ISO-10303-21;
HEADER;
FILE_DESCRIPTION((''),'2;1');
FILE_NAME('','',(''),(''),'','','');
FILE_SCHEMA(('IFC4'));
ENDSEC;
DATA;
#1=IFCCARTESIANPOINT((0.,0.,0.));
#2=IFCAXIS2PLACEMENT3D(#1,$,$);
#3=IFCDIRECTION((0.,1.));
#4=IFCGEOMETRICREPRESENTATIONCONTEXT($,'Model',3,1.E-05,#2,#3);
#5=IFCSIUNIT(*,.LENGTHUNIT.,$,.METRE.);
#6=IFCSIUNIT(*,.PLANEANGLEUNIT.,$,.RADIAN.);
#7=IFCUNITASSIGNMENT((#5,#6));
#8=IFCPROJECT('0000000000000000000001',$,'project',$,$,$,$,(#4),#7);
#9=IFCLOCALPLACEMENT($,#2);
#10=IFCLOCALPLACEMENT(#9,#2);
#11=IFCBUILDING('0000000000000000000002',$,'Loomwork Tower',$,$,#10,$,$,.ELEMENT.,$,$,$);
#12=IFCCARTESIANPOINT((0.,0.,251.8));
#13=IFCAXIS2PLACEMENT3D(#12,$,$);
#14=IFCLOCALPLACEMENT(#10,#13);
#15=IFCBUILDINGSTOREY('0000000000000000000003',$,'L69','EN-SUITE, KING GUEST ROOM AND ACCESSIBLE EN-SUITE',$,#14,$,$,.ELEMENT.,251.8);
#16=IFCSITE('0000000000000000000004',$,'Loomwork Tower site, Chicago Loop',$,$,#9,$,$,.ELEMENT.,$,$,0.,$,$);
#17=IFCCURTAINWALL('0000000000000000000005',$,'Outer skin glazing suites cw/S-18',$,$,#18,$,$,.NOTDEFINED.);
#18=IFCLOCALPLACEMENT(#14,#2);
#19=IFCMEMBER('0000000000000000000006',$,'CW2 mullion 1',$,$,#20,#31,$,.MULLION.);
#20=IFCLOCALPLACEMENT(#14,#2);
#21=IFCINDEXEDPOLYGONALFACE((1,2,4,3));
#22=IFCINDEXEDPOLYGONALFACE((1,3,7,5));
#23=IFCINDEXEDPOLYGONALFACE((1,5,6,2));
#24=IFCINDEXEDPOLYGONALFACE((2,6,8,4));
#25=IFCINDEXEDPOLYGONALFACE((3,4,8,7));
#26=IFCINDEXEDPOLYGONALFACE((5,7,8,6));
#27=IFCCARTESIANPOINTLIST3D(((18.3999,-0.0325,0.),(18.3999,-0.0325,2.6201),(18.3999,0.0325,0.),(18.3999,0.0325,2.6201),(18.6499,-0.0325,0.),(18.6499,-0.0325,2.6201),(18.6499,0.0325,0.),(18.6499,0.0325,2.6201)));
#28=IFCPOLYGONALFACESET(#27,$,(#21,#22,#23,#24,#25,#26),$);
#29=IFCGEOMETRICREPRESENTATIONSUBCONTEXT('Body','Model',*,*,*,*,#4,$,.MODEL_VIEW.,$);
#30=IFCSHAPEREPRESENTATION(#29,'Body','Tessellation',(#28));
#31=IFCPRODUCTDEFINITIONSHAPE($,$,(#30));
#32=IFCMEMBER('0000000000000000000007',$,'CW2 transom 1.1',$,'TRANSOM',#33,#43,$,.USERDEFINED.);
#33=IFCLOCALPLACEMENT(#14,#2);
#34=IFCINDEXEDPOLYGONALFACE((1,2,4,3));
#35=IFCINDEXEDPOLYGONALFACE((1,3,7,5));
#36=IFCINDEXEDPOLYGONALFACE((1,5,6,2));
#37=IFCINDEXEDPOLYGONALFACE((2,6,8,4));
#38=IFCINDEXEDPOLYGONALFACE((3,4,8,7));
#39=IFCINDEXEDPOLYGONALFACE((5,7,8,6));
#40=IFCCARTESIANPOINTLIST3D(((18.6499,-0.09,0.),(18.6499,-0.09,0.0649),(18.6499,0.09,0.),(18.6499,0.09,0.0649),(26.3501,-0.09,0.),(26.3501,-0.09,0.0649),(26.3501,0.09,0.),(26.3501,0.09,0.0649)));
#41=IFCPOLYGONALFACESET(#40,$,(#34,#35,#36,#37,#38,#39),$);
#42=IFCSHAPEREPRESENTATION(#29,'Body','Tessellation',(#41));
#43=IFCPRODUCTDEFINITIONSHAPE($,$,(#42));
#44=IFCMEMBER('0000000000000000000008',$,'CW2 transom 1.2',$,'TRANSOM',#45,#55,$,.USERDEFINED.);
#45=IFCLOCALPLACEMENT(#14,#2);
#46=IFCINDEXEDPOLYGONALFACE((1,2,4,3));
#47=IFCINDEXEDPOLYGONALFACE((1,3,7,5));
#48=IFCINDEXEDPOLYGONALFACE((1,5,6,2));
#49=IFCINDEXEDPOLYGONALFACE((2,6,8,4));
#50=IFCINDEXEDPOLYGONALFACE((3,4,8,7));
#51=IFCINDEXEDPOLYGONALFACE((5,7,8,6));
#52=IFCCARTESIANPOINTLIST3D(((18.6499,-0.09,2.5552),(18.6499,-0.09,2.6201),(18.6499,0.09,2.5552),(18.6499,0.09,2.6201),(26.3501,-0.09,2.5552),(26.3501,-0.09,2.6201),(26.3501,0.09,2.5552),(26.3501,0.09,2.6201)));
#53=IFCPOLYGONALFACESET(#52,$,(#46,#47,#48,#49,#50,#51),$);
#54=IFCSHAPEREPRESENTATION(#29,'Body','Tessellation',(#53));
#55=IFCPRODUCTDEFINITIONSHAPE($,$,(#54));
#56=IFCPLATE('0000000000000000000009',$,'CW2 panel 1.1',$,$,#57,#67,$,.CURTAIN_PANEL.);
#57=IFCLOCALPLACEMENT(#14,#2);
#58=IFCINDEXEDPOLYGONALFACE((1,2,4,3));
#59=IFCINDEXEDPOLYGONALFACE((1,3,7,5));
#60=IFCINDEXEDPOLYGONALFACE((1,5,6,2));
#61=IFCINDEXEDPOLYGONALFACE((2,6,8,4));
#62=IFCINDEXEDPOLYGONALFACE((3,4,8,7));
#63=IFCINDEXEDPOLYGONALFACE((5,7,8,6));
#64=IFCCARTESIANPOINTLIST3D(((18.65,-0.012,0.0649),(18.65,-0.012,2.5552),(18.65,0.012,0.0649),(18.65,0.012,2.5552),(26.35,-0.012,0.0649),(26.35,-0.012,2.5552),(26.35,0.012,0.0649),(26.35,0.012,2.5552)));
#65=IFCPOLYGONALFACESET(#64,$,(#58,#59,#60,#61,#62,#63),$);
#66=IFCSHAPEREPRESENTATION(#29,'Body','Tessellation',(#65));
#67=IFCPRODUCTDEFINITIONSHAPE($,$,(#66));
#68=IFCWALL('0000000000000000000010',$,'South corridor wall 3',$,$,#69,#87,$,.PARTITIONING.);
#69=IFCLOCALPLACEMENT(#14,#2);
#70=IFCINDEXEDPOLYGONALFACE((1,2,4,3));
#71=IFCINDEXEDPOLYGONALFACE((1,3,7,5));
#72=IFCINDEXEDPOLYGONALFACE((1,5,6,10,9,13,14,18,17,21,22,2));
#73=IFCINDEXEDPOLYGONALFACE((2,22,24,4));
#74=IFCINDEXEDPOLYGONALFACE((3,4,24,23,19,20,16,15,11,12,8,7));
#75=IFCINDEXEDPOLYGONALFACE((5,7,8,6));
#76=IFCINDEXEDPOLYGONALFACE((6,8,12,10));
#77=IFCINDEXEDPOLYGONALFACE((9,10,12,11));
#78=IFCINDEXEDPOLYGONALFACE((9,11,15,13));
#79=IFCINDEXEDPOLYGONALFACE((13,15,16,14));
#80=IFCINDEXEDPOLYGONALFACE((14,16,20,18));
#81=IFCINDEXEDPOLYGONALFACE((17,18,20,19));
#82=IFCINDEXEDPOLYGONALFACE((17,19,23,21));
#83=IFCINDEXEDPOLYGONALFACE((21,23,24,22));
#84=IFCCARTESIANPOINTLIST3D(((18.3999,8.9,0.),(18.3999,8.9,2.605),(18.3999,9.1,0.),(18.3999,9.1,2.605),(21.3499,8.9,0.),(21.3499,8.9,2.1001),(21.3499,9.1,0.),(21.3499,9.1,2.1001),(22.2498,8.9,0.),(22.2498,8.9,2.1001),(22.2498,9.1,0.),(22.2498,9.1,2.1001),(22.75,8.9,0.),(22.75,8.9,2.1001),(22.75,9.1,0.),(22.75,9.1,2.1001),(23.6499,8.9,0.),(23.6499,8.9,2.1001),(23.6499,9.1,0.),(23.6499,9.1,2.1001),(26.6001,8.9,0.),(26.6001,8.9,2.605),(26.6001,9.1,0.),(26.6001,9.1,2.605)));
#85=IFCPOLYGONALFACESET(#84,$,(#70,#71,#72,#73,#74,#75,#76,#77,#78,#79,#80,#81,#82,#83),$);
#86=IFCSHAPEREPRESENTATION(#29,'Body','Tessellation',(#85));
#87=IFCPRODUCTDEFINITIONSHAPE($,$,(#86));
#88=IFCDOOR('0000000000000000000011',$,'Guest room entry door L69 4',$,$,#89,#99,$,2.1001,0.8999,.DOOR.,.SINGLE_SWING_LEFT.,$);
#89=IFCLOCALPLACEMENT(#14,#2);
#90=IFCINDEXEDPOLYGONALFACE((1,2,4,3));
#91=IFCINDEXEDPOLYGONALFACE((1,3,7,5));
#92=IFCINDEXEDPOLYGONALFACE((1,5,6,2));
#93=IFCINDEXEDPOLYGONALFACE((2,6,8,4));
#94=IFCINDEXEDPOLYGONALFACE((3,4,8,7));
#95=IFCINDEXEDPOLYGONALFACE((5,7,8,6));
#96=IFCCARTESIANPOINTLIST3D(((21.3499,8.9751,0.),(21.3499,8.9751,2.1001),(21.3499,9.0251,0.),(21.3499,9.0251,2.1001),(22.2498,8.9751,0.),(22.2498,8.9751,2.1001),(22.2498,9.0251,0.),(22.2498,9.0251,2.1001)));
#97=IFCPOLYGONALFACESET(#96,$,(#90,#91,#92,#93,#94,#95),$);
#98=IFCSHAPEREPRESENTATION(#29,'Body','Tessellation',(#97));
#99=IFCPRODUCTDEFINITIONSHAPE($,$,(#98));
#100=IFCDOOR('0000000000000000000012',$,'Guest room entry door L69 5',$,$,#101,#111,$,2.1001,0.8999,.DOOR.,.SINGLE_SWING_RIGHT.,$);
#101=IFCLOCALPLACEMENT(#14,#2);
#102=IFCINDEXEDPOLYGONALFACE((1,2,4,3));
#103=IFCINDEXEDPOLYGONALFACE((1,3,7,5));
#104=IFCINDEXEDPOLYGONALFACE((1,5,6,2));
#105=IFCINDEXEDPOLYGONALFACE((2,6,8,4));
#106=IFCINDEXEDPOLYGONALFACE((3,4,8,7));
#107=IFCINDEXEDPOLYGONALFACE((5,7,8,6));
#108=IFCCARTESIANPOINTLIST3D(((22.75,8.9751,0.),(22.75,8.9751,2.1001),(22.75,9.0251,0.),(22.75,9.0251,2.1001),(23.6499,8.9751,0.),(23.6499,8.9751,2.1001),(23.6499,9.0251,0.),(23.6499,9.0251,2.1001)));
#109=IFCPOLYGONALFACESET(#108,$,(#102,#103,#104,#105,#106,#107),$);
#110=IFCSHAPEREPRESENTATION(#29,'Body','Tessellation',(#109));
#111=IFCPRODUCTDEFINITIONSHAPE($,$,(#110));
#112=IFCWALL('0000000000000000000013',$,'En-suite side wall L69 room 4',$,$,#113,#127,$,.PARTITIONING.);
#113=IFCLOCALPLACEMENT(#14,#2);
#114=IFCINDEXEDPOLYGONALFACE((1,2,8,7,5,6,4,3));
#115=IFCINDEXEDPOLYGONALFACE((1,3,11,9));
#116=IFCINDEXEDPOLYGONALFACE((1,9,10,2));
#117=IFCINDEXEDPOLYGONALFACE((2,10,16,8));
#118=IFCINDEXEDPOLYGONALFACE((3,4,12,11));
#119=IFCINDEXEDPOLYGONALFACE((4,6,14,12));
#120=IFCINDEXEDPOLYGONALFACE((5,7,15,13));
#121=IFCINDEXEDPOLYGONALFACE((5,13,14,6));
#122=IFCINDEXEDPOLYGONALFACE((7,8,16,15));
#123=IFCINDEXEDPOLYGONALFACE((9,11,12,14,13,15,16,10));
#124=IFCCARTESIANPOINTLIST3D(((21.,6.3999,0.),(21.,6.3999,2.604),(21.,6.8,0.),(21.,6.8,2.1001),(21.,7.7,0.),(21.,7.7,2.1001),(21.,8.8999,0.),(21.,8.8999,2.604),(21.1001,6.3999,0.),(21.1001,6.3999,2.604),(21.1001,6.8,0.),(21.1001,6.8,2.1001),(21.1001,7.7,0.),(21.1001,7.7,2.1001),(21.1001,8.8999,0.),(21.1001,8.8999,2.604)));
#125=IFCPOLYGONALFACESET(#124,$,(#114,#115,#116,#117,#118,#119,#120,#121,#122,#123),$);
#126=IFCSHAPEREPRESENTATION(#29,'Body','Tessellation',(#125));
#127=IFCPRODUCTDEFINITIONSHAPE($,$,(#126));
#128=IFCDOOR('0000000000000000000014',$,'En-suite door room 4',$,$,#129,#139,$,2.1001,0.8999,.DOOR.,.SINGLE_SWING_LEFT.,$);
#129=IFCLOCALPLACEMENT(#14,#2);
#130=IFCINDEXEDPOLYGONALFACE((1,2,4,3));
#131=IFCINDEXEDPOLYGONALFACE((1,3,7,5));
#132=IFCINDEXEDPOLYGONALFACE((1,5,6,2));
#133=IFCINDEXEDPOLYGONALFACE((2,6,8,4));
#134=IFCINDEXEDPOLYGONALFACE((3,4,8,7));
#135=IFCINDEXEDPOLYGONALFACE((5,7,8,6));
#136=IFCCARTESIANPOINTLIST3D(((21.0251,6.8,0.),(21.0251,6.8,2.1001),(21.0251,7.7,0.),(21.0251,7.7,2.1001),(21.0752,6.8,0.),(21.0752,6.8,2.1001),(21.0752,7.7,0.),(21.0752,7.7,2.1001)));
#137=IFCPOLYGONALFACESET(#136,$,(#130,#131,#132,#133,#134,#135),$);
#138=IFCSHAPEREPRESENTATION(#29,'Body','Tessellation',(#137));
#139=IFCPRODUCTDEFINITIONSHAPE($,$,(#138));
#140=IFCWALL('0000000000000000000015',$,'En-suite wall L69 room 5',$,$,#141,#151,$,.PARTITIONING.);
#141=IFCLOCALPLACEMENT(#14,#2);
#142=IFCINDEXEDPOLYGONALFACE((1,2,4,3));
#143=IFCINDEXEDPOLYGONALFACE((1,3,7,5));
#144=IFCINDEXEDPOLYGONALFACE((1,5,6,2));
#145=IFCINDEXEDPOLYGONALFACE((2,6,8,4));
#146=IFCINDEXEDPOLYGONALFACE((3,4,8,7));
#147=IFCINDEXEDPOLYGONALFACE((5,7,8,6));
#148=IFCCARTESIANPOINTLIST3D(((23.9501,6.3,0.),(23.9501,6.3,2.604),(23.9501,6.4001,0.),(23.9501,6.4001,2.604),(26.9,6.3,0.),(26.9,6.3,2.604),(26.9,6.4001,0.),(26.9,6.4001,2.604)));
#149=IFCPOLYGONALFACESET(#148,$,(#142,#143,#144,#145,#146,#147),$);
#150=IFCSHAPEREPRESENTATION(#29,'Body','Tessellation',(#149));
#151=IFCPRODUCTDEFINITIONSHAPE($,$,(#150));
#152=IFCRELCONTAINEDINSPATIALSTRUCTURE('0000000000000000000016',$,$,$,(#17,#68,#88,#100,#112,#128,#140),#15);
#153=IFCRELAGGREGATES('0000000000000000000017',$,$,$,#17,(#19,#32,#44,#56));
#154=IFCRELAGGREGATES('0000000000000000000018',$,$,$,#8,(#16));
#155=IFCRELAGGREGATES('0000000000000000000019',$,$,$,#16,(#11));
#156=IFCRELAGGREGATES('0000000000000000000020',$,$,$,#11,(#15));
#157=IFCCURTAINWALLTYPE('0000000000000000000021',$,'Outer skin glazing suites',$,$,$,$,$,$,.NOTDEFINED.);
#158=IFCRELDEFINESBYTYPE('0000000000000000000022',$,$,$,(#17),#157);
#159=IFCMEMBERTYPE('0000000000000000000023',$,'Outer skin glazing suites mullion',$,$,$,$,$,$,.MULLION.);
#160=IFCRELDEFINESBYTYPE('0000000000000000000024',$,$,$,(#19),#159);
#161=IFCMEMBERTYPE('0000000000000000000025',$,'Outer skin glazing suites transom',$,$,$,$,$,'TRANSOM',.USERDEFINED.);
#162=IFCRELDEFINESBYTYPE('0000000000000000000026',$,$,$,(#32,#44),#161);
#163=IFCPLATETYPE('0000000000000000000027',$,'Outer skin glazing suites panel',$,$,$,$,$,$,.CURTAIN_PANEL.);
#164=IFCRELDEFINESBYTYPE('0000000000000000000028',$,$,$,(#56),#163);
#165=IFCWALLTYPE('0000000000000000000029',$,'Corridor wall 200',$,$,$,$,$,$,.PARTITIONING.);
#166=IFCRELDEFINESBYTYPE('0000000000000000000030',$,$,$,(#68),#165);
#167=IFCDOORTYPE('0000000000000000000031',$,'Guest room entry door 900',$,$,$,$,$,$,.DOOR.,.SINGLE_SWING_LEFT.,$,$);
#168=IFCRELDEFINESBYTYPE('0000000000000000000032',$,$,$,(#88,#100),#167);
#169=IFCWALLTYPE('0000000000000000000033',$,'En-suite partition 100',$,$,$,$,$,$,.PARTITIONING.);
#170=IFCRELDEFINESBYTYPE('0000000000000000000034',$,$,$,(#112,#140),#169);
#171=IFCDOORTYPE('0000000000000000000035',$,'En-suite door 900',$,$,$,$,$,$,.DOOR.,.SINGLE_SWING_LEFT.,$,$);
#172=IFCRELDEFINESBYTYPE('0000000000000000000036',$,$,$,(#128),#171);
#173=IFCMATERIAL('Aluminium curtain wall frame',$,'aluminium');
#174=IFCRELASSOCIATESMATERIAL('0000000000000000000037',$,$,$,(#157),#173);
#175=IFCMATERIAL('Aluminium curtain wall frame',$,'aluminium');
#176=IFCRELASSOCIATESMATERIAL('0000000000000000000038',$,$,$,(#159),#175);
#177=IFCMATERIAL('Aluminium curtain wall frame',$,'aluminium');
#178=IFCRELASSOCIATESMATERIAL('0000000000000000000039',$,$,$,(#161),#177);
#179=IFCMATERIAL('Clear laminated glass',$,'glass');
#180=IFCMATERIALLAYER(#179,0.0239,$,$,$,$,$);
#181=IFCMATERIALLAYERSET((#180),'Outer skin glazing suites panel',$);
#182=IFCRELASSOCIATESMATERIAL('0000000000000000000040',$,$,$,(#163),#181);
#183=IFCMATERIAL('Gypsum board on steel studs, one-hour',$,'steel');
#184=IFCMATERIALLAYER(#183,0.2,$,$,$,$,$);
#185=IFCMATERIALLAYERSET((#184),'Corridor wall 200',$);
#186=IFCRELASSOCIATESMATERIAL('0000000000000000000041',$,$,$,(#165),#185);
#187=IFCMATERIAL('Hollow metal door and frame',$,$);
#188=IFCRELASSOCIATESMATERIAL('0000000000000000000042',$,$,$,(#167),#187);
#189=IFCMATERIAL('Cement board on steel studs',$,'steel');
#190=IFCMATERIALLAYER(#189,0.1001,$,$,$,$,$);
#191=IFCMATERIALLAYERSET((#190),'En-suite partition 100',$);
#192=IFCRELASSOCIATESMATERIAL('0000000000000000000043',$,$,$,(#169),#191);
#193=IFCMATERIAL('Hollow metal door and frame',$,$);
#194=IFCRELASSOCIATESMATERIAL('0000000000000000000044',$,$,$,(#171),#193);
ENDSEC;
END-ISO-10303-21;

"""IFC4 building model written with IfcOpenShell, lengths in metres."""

from ifc_helpers import new_model, si_unit, direction, frame, frame_2d, origin, origin_2d, place, context, subcontext, project, spatial, rectangle, extrude, material, layer, layer_set, material_profile, profile_set, type_object, element, fill, aggregate, save


model = new_model("IFC4")

# Units and contexts
model_context = context("Model", 3, precision=1e-05, world=origin(), true_north=direction((0.0, 1.0)))
body_context = subcontext(model_context, "Body", "Model", "MODEL_VIEW")
ifc_project = project(units=[si_unit("LENGTHUNIT", "METRE"), si_unit("PLANEANGLEUNIT", "RADIAN")], contexts=[model_context])

# Site, building, storey
site_placement = place(None, origin())
site = spatial("IfcSite", under=ifc_project, at=site_placement, Name="Loomwork Tower site, Chicago Loop", CompositionType="ELEMENT", RefElevation=0.0)
building_placement = place(site_placement, origin())
building = spatial("IfcBuilding", under=site, at=building_placement, Name="Loomwork Tower", CompositionType="ELEMENT")
storey_placement = place(building_placement, frame((0.0, 0.0, 251.8)))
storey = spatial("IfcBuildingStorey", under=building, at=storey_placement, Name="L69", Description="EN-SUITE, KING GUEST ROOM AND ACCESSIBLE EN-SUITE", CompositionType="ELEMENT", Elevation=251.8)

# Curtain wall, members, plate
ifc_material_1 = material(Name="Aluminium curtain wall frame", Category="aluminium")
curtain_wall_type = type_object("IfcCurtainWallType", Name="Outer skin glazing suites", PredefinedType="NOTDEFINED", material=ifc_material_1)
curtain_wall_placement = place(storey_placement, origin())
curtain_wall = element("IfcCurtainWall", 1, at=curtain_wall_placement, inside=storey, type_object=curtain_wall_type, Name="Outer skin glazing suites cw/S-18", PredefinedType="NOTDEFINED")
ifc_material_2 = material(Name="Aluminium curtain wall frame", Category="aluminium")
ifc_material_profile_1 = material_profile(ifc_material_2, rectangle(XDim=0.0649, YDim=0.25, at=origin_2d()), Name="AL 65x250")
ifc_profile_set_1 = profile_set([ifc_material_profile_1], Name="Aluminium curtain wall frame")
member_type_1 = type_object("IfcMemberType", Name="Outer skin glazing suites mullion", PredefinedType="MULLION", material=ifc_profile_set_1)
member_1_placement = place(storey_placement, frame((18.5249, 0.0, 0.0), z_axis=(0.0, 0.0, 1.0), x_axis=(0.0, 1.0, 0.0)))
member_1 = element("IfcMember", 2, at=member_1_placement, type_object=member_type_1, Name="CW2 mullion 1", PredefinedType="MULLION", context=body_context, shape_type="SweptSolid", body=[
    extrude(rectangle(XDim=0.0649, YDim=0.25, at=origin_2d()), origin(), (0.0, 0.0, 1.0), 2.6201),
])
ifc_material_3 = material(Name="Aluminium curtain wall frame", Category="aluminium")
ifc_material_profile_2 = material_profile(ifc_material_3, rectangle(XDim=0.1799, YDim=0.0649, at=origin_2d()), Name="AL 65x180")
ifc_profile_set_2 = profile_set([ifc_material_profile_2], Name="Aluminium curtain wall frame")
member_type_2 = type_object("IfcMemberType", Name="Outer skin glazing suites transom", ElementType="TRANSOM", PredefinedType="USERDEFINED", material=ifc_profile_set_2)
member_2_placement = place(storey_placement, frame((18.6499, 0.0, 0.0325), z_axis=(1.0, 0.0, 0.0), x_axis=(0.0, 1.0, 0.0)))
member_2 = element("IfcMember", 3, at=member_2_placement, type_object=member_type_2, Name="CW2 transom 1.1", ObjectType="TRANSOM", PredefinedType="USERDEFINED", context=body_context, shape_type="SweptSolid", body=[
    extrude(rectangle(XDim=0.1799, YDim=0.0649, at=origin_2d()), origin(), (0.0, 0.0, 1.0), 7.7002),
])
member_3_placement = place(storey_placement, frame((18.6499, 0.0, 2.5876), z_axis=(1.0, 0.0, 0.0), x_axis=(0.0, 1.0, 0.0)))
member_3 = element("IfcMember", 4, at=member_3_placement, type_object=member_type_2, Name="CW2 transom 1.2", ObjectType="TRANSOM", PredefinedType="USERDEFINED", context=body_context, shape_type="SweptSolid", body=[
    extrude(rectangle(XDim=0.1799, YDim=0.0649, at=origin_2d()), origin(), (0.0, 0.0, 1.0), 7.7002),
])
ifc_material_4 = material(Name="Clear laminated glass", Category="glass")
ifc_layer_1 = layer(ifc_material_4, 0.0239)
ifc_layer_set_1 = layer_set([ifc_layer_1], Name="Outer skin glazing suites panel")
plate_type = type_object("IfcPlateType", Name="Outer skin glazing suites panel", PredefinedType="CURTAIN_PANEL", material=ifc_layer_set_1)
plate_placement = place(storey_placement, frame((22.5, 0.0, 0.0649), z_axis=(0.0, 0.0, 1.0), x_axis=(1.0, 0.0, 0.0)))
plate = element("IfcPlate", 5, at=plate_placement, type_object=plate_type, Name="CW2 panel 1.1", PredefinedType="CURTAIN_PANEL", context=body_context, shape_type="SweptSolid", body=[
    extrude(rectangle(XDim=7.7, YDim=0.0239, at=origin_2d()), origin(), (0.0, 0.0, 1.0), 2.4902),
])
aggregate(curtain_wall, [member_1, member_2, member_3, plate])

# Wall, openings, doors
ifc_material_5 = material(Name="Gypsum board on steel studs, one-hour", Category="steel")
ifc_layer_2 = layer(ifc_material_5, 0.2)
ifc_layer_set_2 = layer_set([ifc_layer_2], Name="Corridor wall 200")
wall_type_1 = type_object("IfcWallType", Name="Corridor wall 200", PredefinedType="PARTITIONING", material=ifc_layer_set_2)
wall_1_placement = place(storey_placement, frame((18.3999, 9.0, 0.0), z_axis=(0.0, 0.0, 1.0), x_axis=(1.0, 0.0, 0.0)))
wall_1 = element("IfcWall", 6, at=wall_1_placement, inside=storey, type_object=wall_type_1, Name="South corridor wall 3", PredefinedType="PARTITIONING", context=body_context, shape_type="SweptSolid", body=[
    extrude(rectangle(XDim=8.2002, YDim=0.2, at=frame_2d((4.1001, 0.0))), origin(), (0.0, 0.0, 1.0), 2.605),
])
opening_1_placement = place(wall_1_placement, frame((2.95, 0.0, 0.0)))
opening_1 = element("IfcOpeningElement", 7, at=opening_1_placement, cuts=wall_1, PredefinedType="OPENING", context=body_context, shape_type="SweptSolid", body=[
    extrude(rectangle(XDim=0.8999, YDim=2.1001, at=frame_2d((0.45, 1.05))), frame((0.0, 0.1099, 0.0), z_axis=(0.0, -1.0, 0.0), x_axis=(1.0, 0.0, 0.0)), (0.0, 0.0, 1.0), 0.22),
])
opening_2_placement = place(wall_1_placement, frame((4.3501, 0.0, 0.0)))
opening_2 = element("IfcOpeningElement", 8, at=opening_2_placement, cuts=wall_1, PredefinedType="OPENING", context=body_context, shape_type="SweptSolid", body=[
    extrude(rectangle(XDim=0.8999, YDim=2.1001, at=frame_2d((0.45, 1.05))), frame((0.0, 0.1099, 0.0), z_axis=(0.0, -1.0, 0.0), x_axis=(1.0, 0.0, 0.0)), (0.0, 0.0, 1.0), 0.22),
])
ifc_material_6 = material(Name="Hollow metal door and frame")
door_type_1 = type_object("IfcDoorType", Name="Guest room entry door 900", OperationType="SINGLE_SWING_LEFT", PredefinedType="DOOR", material=ifc_material_6)
door_1_placement = place(opening_1_placement, frame((0.8999, 0.0, 0.0), z_axis=(0.0, 0.0, 1.0), x_axis=(-1.0, 0.0, 0.0)))
door_1 = element("IfcDoor", 9, at=door_1_placement, inside=storey, type_object=door_type_1, Name="Guest room entry door L69 4", OperationType="SINGLE_SWING_LEFT", OverallHeight=2.1001, OverallWidth=0.8999, PredefinedType="DOOR", context=body_context, shape_type="SweptSolid", body=[
    extrude(rectangle(XDim=0.8999, YDim=2.1001, at=frame_2d((0.45, 1.05))), frame((0.0, 0.0249, 0.0), z_axis=(0.0, -1.0, 0.0), x_axis=(1.0, 0.0, 0.0)), (0.0, 0.0, 1.0), 0.05),
])
fill(opening_1, door_1)
door_2_placement = place(opening_2_placement, frame((0.8999, 0.0, 0.0), z_axis=(0.0, 0.0, 1.0), x_axis=(-1.0, 0.0, 0.0)))
door_2 = element("IfcDoor", 10, at=door_2_placement, inside=storey, type_object=door_type_1, Name="Guest room entry door L69 5", OperationType="SINGLE_SWING_RIGHT", OverallHeight=2.1001, OverallWidth=0.8999, PredefinedType="DOOR", context=body_context, shape_type="SweptSolid", body=[
    extrude(rectangle(XDim=0.8999, YDim=2.1001, at=frame_2d((0.45, 1.05))), frame((0.0, 0.0249, 0.0), z_axis=(0.0, -1.0, 0.0), x_axis=(1.0, 0.0, 0.0)), (0.0, 0.0, 1.0), 0.05),
])
fill(opening_2, door_2)

# Wall, opening, door
ifc_material_7 = material(Name="Cement board on steel studs", Category="steel")
ifc_layer_3 = layer(ifc_material_7, 0.1001)
ifc_layer_set_3 = layer_set([ifc_layer_3], Name="En-suite partition 100")
wall_type_2 = type_object("IfcWallType", Name="En-suite partition 100", PredefinedType="PARTITIONING", material=ifc_layer_set_3)
wall_2_placement = place(storey_placement, frame((21.05, 8.8999, 0.0), z_axis=(0.0, 0.0, 1.0), x_axis=(0.0, -1.0, 0.0)))
wall_2 = element("IfcWall", 11, at=wall_2_placement, inside=storey, type_object=wall_type_2, Name="En-suite side wall L69 room 4", PredefinedType="PARTITIONING", context=body_context, shape_type="SweptSolid", body=[
    extrude(rectangle(XDim=2.5, YDim=0.1001, at=frame_2d((1.25, 0.0))), origin(), (0.0, 0.0, 1.0), 2.604),
])
opening_3_placement = place(wall_2_placement, frame((1.2, 0.0, 0.0)))
opening_3 = element("IfcOpeningElement", 12, at=opening_3_placement, cuts=wall_2, PredefinedType="OPENING", context=body_context, shape_type="SweptSolid", body=[
    extrude(rectangle(XDim=0.8999, YDim=2.1001, at=frame_2d((0.45, 1.05))), frame((0.0, 0.0601, 0.0), z_axis=(0.0, -1.0, 0.0), x_axis=(1.0, 0.0, 0.0)), (0.0, 0.0, 1.0), 0.1201),
])
ifc_material_8 = material(Name="Hollow metal door and frame")
door_type_2 = type_object("IfcDoorType", Name="En-suite door 900", OperationType="SINGLE_SWING_LEFT", PredefinedType="DOOR", material=ifc_material_8)
door_3_placement = place(opening_3_placement, frame((0.8999, 0.0, 0.0), z_axis=(0.0, 0.0, 1.0), x_axis=(-1.0, 0.0, 0.0)))
door_3 = element("IfcDoor", 13, at=door_3_placement, inside=storey, type_object=door_type_2, Name="En-suite door room 4", OperationType="SINGLE_SWING_LEFT", OverallHeight=2.1001, OverallWidth=0.8999, PredefinedType="DOOR", context=body_context, shape_type="SweptSolid", body=[
    extrude(rectangle(XDim=0.8999, YDim=2.1001, at=frame_2d((0.45, 1.05))), frame((0.0, 0.0249, 0.0), z_axis=(0.0, -1.0, 0.0), x_axis=(1.0, 0.0, 0.0)), (0.0, 0.0, 1.0), 0.05),
])
fill(opening_3, door_3)

# Wall
wall_3_placement = place(storey_placement, frame((23.95, 6.3501, 0.0), z_axis=(0.0, 0.0, 1.0), x_axis=(1.0, 0.0, 0.0)))
element("IfcWall", 14, at=wall_3_placement, inside=storey, type_object=wall_type_2, Name="En-suite wall L69 room 5", PredefinedType="PARTITIONING", context=body_context, shape_type="SweptSolid", body=[
    extrude(rectangle(XDim=2.95, YDim=0.1001, at=frame_2d((1.4751, 0.0))), origin(), (0.0, 0.0, 1.0), 2.604),
])

save(model, "model.ifc")
